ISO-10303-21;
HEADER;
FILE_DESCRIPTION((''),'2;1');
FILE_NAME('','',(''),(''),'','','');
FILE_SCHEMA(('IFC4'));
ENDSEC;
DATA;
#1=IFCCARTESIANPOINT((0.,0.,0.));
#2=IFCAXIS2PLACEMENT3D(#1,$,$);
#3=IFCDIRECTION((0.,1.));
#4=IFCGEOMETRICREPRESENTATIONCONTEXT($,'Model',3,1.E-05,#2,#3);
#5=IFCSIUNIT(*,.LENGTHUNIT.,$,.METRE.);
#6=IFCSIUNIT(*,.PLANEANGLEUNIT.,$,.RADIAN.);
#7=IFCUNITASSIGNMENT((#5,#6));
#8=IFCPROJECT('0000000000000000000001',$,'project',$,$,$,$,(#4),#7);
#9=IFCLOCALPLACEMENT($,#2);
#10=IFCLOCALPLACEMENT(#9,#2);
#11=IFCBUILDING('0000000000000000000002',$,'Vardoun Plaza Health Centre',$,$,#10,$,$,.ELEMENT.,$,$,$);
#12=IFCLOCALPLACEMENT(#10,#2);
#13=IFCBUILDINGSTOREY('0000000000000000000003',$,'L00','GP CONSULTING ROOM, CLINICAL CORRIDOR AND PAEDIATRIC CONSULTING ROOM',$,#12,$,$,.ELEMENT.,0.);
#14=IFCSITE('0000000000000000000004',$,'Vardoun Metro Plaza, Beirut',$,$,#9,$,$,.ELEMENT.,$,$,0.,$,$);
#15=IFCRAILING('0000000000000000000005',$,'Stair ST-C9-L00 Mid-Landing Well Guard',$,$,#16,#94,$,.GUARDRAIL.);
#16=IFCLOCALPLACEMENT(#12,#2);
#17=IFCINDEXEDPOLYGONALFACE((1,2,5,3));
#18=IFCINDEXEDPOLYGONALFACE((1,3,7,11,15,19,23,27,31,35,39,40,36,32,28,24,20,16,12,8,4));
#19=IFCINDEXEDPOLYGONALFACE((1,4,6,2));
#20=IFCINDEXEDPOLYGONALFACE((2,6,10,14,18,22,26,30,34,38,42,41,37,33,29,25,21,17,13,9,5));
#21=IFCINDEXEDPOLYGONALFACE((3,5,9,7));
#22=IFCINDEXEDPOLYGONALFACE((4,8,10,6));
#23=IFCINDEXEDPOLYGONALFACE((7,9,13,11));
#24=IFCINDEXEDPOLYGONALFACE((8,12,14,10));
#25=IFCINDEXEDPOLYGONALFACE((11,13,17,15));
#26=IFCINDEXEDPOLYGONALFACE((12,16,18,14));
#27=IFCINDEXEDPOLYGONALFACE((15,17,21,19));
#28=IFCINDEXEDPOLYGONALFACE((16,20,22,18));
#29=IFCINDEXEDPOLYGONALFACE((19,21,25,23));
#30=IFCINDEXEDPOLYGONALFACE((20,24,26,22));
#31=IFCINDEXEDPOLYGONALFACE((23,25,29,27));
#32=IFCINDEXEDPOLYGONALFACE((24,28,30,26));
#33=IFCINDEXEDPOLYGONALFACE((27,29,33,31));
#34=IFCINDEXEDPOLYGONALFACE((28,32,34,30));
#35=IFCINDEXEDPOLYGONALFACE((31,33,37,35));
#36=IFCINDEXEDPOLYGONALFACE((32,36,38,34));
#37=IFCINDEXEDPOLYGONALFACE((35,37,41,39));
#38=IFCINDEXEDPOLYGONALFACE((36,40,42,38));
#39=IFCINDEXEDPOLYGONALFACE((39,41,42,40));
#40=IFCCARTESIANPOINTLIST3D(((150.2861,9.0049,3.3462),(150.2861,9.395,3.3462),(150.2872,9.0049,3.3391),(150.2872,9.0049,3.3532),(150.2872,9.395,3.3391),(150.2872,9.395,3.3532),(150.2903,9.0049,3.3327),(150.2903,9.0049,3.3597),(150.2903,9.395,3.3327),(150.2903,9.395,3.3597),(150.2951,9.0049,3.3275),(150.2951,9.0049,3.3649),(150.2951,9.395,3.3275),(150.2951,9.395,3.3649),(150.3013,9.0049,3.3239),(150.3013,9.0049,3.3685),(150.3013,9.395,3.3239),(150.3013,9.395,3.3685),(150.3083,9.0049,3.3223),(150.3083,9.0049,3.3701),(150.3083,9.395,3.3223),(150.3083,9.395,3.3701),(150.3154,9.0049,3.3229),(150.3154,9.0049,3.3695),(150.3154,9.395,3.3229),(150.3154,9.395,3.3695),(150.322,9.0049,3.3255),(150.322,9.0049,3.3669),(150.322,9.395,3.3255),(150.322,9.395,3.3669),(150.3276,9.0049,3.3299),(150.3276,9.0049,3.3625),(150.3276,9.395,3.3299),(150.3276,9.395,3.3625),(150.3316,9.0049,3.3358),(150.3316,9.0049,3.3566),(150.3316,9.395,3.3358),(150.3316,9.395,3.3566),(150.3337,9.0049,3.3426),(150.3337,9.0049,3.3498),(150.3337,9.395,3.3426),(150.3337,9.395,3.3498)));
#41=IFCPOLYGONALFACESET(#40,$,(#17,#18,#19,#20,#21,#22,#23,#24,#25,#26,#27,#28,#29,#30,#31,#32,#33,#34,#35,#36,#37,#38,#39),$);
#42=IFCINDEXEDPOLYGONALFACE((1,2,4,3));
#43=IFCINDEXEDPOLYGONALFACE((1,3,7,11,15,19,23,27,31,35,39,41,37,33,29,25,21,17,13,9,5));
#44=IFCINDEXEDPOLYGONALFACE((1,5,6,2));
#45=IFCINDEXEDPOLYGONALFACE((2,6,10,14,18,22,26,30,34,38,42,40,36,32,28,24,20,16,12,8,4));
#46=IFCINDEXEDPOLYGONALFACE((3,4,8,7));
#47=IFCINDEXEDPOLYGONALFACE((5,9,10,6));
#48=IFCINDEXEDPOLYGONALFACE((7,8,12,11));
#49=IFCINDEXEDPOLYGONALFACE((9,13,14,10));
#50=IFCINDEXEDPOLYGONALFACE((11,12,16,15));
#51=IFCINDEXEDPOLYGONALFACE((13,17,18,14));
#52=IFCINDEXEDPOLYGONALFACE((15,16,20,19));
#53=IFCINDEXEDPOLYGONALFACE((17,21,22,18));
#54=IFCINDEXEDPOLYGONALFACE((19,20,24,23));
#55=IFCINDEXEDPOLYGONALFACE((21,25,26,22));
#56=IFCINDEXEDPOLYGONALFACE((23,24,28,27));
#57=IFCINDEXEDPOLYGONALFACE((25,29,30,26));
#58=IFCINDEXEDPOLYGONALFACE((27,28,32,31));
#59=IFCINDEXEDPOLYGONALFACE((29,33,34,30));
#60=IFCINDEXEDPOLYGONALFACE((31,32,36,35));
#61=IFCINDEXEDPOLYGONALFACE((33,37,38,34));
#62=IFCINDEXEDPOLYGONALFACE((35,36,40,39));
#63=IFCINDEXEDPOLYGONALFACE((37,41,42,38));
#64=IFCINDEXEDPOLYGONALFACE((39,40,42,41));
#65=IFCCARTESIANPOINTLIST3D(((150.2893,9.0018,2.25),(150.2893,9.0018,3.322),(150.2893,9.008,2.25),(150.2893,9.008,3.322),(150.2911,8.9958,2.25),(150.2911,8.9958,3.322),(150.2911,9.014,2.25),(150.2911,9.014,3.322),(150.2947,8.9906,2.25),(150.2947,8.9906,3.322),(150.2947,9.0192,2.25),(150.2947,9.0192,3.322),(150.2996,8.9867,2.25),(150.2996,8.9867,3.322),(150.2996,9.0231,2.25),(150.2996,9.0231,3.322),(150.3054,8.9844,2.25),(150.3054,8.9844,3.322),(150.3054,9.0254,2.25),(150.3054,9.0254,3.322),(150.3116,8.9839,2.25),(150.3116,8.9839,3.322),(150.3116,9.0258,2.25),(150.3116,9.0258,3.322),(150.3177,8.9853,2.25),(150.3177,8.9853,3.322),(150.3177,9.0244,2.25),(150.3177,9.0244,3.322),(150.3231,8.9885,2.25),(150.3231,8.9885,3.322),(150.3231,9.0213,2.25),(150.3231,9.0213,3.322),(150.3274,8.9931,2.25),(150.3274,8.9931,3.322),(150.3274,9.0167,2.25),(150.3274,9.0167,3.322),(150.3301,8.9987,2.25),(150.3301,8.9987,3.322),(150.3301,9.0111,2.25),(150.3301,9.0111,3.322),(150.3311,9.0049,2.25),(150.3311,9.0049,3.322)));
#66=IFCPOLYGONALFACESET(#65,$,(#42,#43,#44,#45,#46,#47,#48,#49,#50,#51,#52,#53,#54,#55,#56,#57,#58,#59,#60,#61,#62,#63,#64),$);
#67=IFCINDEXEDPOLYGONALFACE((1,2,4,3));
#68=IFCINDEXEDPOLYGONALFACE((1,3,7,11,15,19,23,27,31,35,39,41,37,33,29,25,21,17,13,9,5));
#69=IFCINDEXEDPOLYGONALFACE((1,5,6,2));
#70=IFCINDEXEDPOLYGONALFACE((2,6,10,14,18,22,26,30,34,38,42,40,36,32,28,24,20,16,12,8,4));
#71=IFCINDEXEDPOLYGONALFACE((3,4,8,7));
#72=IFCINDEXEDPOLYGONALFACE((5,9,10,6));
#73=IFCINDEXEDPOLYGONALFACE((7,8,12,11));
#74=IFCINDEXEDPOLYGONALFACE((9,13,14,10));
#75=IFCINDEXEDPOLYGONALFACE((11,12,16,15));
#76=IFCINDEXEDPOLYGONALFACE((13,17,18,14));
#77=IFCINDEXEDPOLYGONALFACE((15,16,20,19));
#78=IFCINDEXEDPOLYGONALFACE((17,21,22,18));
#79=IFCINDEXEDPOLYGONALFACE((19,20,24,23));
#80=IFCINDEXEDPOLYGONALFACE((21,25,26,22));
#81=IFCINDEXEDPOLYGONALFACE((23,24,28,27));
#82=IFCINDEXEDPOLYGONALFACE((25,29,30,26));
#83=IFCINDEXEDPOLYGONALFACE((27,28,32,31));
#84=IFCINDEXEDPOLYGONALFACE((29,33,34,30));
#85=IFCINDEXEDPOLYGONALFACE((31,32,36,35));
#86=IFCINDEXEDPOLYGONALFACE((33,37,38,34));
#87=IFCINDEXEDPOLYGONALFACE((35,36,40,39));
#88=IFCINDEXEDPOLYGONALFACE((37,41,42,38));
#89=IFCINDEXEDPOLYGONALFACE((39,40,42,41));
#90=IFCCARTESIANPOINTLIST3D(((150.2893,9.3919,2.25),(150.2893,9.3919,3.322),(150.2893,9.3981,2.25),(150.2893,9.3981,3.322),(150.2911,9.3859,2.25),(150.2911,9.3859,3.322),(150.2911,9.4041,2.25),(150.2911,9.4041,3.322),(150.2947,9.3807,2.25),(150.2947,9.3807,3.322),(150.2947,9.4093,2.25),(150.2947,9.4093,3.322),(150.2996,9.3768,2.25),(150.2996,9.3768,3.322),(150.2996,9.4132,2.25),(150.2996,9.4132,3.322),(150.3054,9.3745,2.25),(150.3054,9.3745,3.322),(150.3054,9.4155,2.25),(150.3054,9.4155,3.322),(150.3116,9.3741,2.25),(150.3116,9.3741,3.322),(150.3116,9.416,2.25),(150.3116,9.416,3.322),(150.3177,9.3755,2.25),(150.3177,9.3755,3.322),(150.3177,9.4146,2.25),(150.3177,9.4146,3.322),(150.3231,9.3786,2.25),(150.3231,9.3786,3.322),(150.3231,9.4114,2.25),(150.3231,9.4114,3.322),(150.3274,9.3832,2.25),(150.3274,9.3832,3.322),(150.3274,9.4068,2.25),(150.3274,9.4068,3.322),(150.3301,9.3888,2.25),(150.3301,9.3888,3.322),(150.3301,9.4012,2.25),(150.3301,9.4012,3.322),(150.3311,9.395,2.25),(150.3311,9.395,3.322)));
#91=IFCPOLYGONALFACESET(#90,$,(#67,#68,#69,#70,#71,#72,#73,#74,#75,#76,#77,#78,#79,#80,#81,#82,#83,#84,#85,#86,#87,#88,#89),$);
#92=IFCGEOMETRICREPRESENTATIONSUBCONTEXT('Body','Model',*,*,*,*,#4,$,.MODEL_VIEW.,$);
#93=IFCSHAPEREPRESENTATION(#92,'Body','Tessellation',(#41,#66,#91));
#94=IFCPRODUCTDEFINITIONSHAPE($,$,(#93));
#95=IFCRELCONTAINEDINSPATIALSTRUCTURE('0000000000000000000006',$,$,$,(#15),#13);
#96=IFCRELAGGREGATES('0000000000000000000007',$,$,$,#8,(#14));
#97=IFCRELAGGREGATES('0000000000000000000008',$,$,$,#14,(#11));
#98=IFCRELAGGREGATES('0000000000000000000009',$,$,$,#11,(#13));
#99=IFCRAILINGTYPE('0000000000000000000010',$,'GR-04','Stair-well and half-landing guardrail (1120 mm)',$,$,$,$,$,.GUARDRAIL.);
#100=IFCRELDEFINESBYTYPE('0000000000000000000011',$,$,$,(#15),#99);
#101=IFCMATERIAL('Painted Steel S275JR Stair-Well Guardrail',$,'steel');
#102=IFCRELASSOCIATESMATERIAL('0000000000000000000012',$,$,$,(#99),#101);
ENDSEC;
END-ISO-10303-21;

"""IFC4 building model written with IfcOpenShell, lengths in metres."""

from ifc_helpers import new_model, si_unit, direction, frame, origin, origin_2d, place, context, subcontext, project, spatial, circle, extrude, material, type_object, element, save


model = new_model("IFC4")

# Units and contexts
model_context = context("Model", 3, precision=1e-05, world=origin(), true_north=direction((0.0, 1.0)))
body_context = subcontext(model_context, "Body", "Model", "MODEL_VIEW")
ifc_project = project(units=[si_unit("LENGTHUNIT", "METRE"), si_unit("PLANEANGLEUNIT", "RADIAN")], contexts=[model_context])

# Site, building, storey
site_placement = place(None, origin())
site = spatial("IfcSite", under=ifc_project, at=site_placement, Name="Vardoun Metro Plaza, Beirut", CompositionType="ELEMENT", RefElevation=0.0)
building_placement = place(site_placement, origin())
building = spatial("IfcBuilding", under=site, at=building_placement, Name="Vardoun Plaza Health Centre", CompositionType="ELEMENT")
storey_placement = place(building_placement, origin())
storey = spatial("IfcBuildingStorey", under=building, at=storey_placement, Name="L00", Description="GP CONSULTING ROOM, CLINICAL CORRIDOR AND PAEDIATRIC CONSULTING ROOM", CompositionType="ELEMENT", Elevation=0.0)

# Railing
ifc_material_1 = material(Name="Painted Steel S275JR Stair-Well Guardrail", Category="steel")
railing_type_1 = type_object("IfcRailingType", Name="GR-04", Description="Stair-well and half-landing guardrail (1120 mm)", PredefinedType="GUARDRAIL", material=ifc_material_1)
railing_1_placement = place(storey_placement, frame((150.3101, 9.0049, 2.25)))
element("IfcRailing", 1, at=railing_1_placement, inside=storey, type_object=railing_type_1, Name="Stair ST-C9-L00 Mid-Landing Well Guard", PredefinedType="GUARDRAIL", context=body_context, shape_type="SweptSolid", body=[
    extrude(circle(Radius=0.0239, at=origin_2d()), frame((0.0, 0.0, 1.0962), z_axis=(0.0, 1.0, 0.0), x_axis=(-1.0, 0.0, 0.0)), (0.0, 0.0, 1.0), 0.3901),
    extrude(circle(Radius=0.021, at=origin_2d()), origin(), (0.0, 0.0, 1.0), 1.072),
    extrude(circle(Radius=0.021, at=origin_2d()), frame((0.0, 0.3901, 0.0)), (0.0, 0.0, 1.0), 1.072),
])

save(model, "model.ifc")
